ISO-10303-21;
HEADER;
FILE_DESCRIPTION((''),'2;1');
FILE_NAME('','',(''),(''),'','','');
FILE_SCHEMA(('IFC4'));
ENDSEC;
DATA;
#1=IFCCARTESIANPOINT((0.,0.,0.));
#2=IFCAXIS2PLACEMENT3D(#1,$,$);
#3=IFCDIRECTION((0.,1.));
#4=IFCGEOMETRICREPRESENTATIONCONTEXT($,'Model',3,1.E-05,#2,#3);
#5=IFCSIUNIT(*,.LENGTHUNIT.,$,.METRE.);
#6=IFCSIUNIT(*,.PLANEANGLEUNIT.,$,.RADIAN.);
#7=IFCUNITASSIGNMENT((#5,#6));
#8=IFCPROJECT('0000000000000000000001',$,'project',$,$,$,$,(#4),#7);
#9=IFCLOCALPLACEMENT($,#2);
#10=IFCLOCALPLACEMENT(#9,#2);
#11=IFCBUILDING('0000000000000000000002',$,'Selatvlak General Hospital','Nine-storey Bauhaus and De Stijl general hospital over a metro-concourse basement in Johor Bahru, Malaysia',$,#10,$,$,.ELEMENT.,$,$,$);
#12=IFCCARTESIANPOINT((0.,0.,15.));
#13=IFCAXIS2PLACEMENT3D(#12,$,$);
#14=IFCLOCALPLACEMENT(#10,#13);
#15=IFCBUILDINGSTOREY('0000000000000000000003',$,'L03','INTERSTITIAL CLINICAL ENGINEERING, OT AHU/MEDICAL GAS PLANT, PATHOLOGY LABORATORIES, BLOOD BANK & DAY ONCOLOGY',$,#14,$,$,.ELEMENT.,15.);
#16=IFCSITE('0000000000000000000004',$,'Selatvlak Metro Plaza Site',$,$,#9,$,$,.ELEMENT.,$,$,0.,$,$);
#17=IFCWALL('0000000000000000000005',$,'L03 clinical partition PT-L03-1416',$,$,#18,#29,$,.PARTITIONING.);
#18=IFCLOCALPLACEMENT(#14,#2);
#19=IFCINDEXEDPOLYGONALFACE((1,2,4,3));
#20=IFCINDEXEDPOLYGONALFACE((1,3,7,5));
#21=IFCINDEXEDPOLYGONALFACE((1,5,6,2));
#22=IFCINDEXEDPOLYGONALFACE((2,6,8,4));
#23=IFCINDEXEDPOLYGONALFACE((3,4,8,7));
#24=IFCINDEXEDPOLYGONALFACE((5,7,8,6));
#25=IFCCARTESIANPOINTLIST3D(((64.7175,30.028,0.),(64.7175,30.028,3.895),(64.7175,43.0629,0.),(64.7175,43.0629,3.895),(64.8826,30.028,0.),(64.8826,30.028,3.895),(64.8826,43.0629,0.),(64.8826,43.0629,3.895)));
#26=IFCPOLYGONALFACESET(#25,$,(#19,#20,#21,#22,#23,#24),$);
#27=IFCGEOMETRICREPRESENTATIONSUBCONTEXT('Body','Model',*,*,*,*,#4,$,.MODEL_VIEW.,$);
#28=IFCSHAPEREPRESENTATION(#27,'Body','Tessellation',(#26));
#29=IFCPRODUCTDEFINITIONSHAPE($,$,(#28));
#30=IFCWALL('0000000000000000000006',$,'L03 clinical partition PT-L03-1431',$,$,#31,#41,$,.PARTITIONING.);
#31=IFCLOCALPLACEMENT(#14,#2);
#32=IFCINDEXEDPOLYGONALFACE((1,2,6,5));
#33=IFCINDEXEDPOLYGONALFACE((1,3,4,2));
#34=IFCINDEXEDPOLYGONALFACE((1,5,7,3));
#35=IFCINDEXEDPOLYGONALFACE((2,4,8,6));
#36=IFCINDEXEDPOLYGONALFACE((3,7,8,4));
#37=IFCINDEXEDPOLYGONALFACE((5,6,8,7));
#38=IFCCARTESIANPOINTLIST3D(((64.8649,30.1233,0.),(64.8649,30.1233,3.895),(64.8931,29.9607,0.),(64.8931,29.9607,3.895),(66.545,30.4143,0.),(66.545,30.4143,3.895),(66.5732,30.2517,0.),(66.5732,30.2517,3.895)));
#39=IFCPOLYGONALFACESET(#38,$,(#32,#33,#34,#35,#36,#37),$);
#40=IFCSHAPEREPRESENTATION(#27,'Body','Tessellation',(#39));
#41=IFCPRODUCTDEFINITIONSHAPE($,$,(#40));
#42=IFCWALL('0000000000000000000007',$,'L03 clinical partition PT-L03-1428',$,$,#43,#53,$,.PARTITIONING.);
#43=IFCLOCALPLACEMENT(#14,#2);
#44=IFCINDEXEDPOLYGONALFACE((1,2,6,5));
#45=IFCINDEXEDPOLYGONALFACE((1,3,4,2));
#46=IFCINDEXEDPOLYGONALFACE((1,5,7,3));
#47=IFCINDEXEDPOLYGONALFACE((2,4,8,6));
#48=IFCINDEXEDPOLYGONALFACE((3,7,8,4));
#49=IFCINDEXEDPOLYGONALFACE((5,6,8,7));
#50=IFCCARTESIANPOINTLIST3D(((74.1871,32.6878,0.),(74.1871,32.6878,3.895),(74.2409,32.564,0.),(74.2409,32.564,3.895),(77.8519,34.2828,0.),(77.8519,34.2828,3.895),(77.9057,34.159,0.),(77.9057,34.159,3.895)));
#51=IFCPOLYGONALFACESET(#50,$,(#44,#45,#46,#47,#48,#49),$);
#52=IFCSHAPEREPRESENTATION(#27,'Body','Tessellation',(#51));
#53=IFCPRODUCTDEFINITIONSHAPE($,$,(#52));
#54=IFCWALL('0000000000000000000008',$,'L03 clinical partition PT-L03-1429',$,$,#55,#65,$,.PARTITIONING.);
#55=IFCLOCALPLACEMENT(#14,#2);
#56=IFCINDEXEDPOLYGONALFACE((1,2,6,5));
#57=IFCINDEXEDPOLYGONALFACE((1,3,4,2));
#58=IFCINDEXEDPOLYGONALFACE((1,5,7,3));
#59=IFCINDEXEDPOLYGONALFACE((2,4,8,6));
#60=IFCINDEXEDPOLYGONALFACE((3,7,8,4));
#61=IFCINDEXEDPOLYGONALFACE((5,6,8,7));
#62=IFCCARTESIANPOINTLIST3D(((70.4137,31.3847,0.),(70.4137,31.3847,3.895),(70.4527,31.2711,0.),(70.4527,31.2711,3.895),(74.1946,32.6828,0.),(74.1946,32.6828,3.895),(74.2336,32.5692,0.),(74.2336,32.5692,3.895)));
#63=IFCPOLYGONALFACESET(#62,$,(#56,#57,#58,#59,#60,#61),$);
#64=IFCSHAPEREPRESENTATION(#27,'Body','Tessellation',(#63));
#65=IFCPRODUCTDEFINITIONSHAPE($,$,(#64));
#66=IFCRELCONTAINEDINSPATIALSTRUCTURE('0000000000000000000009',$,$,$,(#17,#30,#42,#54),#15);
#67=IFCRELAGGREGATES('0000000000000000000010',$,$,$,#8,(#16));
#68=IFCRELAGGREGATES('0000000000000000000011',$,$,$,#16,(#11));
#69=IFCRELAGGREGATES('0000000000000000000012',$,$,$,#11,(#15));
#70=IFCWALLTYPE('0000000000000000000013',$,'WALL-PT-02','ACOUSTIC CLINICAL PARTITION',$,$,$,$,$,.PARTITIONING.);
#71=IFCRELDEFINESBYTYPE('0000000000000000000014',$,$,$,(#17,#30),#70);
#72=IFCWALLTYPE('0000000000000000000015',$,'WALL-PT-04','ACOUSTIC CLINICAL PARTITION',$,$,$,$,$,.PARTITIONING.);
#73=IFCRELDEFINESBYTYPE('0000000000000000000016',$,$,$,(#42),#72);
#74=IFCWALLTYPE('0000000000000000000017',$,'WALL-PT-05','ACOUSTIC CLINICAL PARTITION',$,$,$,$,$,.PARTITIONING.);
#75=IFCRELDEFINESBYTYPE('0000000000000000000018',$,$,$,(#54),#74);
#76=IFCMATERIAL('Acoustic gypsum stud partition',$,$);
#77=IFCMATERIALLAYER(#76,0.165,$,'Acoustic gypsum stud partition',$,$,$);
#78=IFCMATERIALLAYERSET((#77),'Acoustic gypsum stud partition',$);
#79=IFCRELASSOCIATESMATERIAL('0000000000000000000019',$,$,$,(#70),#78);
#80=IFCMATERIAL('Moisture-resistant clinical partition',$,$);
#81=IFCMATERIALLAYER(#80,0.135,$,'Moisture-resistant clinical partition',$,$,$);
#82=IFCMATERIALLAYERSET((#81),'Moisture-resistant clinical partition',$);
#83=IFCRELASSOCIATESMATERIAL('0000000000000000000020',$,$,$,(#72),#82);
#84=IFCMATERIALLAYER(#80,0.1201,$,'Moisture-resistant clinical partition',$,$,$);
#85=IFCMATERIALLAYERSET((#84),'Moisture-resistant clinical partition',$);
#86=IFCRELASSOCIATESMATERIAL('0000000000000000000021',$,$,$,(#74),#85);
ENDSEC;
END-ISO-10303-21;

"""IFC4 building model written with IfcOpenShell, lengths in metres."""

from ifc_helpers import new_model, si_unit, direction, frame, frame_2d, origin, place, context, subcontext, project, spatial, rectangle, extrude, material, layer, layer_set, type_object, element, save


model = new_model("IFC4")

# Units and contexts
model_context = context("Model", 3, precision=1e-05, world=origin(), true_north=direction((0.0, 1.0)))
body_context = subcontext(model_context, "Body", "Model", "MODEL_VIEW")
ifc_project = project(units=[si_unit("LENGTHUNIT", "METRE"), si_unit("PLANEANGLEUNIT", "RADIAN")], contexts=[model_context])

# Site, building, storey
site_placement = place(None, origin())
site = spatial("IfcSite", under=ifc_project, at=site_placement, Name="Selatvlak Metro Plaza Site", CompositionType="ELEMENT", RefElevation=0.0)
building_placement = place(site_placement, origin())
building = spatial("IfcBuilding", under=site, at=building_placement, Name="Selatvlak General Hospital", Description="Nine-storey Bauhaus and De Stijl general hospital over a metro-concourse basement in Johor Bahru, Malaysia", CompositionType="ELEMENT")
storey_placement = place(building_placement, frame((0.0, 0.0, 15.0)))
storey = spatial("IfcBuildingStorey", under=building, at=storey_placement, Name="L03", Description="INTERSTITIAL CLINICAL ENGINEERING, OT AHU/MEDICAL GAS PLANT, PATHOLOGY LABORATORIES, BLOOD BANK & DAY ONCOLOGY", CompositionType="ELEMENT", Elevation=15.0)

# Walls
ifc_material_1 = material(Name="Acoustic gypsum stud partition")
ifc_layer_1 = layer(ifc_material_1, 0.165, Name="Acoustic gypsum stud partition")
ifc_layer_set_1 = layer_set([ifc_layer_1], Name="Acoustic gypsum stud partition")
wall_type_1 = type_object("IfcWallType", Name="WALL-PT-02", Description="ACOUSTIC CLINICAL PARTITION", PredefinedType="PARTITIONING", material=ifc_layer_set_1)
wall_1_placement = place(storey_placement, frame((64.8, 43.063, 0.0), z_axis=(0.0, 0.0, 1.0), x_axis=(0.0, -1.0, 0.0)))
element("IfcWall", 1, at=wall_1_placement, inside=storey, type_object=wall_type_1, Name="L03 clinical partition PT-L03-1416", PredefinedType="PARTITIONING", context=body_context, shape_type="SweptSolid", body=[
    extrude(rectangle(XDim=13.0349, YDim=0.165, at=frame_2d((6.5176, 0.0))), origin(), (0.0, 0.0, 1.0), 3.895),
])
wall_2_placement = place(storey_placement, frame((66.5591, 30.333, 0.0), z_axis=(0.0, 0.0, 1.0), x_axis=(-0.985329, -0.170664, 0.0)))
element("IfcWall", 2, at=wall_2_placement, inside=storey, type_object=wall_type_1, Name="L03 clinical partition PT-L03-1431", PredefinedType="PARTITIONING", context=body_context, shape_type="SweptSolid", body=[
    extrude(rectangle(XDim=1.7051, YDim=0.165, at=frame_2d((0.8525, 0.0))), origin(), (0.0, 0.0, 1.0), 3.895),
])
ifc_material_2 = material(Name="Moisture-resistant clinical partition")
ifc_layer_2 = layer(ifc_material_2, 0.135, Name="Moisture-resistant clinical partition")
ifc_layer_set_2 = layer_set([ifc_layer_2], Name="Moisture-resistant clinical partition")
wall_type_2 = type_object("IfcWallType", Name="WALL-PT-04", Description="ACOUSTIC CLINICAL PARTITION", PredefinedType="PARTITIONING", material=ifc_layer_set_2)
wall_3_placement = place(storey_placement, frame((77.8789, 34.2209, 0.0), z_axis=(0.0, 0.0, 1.0), x_axis=(-0.916925, -0.399059, 0.0)))
element("IfcWall", 3, at=wall_3_placement, inside=storey, type_object=wall_type_2, Name="L03 clinical partition PT-L03-1428", PredefinedType="PARTITIONING", context=body_context, shape_type="SweptSolid", body=[
    extrude(rectangle(XDim=3.9968, YDim=0.135, at=frame_2d((1.9985, 0.0))), origin(), (0.0, 0.0, 1.0), 3.895),
])
ifc_layer_3 = layer(ifc_material_2, 0.1201, Name="Moisture-resistant clinical partition")
ifc_layer_set_3 = layer_set([ifc_layer_3], Name="Moisture-resistant clinical partition")
wall_type_3 = type_object("IfcWallType", Name="WALL-PT-05", Description="ACOUSTIC CLINICAL PARTITION", PredefinedType="PARTITIONING", material=ifc_layer_set_3)
wall_4_placement = place(storey_placement, frame((74.2141, 32.626, 0.0), z_axis=(0.0, 0.0, 1.0), x_axis=(-0.945811, -0.324716, 0.0)))
element("IfcWall", 4, at=wall_4_placement, inside=storey, type_object=wall_type_3, Name="L03 clinical partition PT-L03-1429", PredefinedType="PARTITIONING", context=body_context, shape_type="SweptSolid", body=[
    extrude(rectangle(XDim=3.9976, YDim=0.1201, at=frame_2d((1.9988, 0.0))), origin(), (0.0, 0.0, 1.0), 3.895),
])

save(model, "model.ifc")
